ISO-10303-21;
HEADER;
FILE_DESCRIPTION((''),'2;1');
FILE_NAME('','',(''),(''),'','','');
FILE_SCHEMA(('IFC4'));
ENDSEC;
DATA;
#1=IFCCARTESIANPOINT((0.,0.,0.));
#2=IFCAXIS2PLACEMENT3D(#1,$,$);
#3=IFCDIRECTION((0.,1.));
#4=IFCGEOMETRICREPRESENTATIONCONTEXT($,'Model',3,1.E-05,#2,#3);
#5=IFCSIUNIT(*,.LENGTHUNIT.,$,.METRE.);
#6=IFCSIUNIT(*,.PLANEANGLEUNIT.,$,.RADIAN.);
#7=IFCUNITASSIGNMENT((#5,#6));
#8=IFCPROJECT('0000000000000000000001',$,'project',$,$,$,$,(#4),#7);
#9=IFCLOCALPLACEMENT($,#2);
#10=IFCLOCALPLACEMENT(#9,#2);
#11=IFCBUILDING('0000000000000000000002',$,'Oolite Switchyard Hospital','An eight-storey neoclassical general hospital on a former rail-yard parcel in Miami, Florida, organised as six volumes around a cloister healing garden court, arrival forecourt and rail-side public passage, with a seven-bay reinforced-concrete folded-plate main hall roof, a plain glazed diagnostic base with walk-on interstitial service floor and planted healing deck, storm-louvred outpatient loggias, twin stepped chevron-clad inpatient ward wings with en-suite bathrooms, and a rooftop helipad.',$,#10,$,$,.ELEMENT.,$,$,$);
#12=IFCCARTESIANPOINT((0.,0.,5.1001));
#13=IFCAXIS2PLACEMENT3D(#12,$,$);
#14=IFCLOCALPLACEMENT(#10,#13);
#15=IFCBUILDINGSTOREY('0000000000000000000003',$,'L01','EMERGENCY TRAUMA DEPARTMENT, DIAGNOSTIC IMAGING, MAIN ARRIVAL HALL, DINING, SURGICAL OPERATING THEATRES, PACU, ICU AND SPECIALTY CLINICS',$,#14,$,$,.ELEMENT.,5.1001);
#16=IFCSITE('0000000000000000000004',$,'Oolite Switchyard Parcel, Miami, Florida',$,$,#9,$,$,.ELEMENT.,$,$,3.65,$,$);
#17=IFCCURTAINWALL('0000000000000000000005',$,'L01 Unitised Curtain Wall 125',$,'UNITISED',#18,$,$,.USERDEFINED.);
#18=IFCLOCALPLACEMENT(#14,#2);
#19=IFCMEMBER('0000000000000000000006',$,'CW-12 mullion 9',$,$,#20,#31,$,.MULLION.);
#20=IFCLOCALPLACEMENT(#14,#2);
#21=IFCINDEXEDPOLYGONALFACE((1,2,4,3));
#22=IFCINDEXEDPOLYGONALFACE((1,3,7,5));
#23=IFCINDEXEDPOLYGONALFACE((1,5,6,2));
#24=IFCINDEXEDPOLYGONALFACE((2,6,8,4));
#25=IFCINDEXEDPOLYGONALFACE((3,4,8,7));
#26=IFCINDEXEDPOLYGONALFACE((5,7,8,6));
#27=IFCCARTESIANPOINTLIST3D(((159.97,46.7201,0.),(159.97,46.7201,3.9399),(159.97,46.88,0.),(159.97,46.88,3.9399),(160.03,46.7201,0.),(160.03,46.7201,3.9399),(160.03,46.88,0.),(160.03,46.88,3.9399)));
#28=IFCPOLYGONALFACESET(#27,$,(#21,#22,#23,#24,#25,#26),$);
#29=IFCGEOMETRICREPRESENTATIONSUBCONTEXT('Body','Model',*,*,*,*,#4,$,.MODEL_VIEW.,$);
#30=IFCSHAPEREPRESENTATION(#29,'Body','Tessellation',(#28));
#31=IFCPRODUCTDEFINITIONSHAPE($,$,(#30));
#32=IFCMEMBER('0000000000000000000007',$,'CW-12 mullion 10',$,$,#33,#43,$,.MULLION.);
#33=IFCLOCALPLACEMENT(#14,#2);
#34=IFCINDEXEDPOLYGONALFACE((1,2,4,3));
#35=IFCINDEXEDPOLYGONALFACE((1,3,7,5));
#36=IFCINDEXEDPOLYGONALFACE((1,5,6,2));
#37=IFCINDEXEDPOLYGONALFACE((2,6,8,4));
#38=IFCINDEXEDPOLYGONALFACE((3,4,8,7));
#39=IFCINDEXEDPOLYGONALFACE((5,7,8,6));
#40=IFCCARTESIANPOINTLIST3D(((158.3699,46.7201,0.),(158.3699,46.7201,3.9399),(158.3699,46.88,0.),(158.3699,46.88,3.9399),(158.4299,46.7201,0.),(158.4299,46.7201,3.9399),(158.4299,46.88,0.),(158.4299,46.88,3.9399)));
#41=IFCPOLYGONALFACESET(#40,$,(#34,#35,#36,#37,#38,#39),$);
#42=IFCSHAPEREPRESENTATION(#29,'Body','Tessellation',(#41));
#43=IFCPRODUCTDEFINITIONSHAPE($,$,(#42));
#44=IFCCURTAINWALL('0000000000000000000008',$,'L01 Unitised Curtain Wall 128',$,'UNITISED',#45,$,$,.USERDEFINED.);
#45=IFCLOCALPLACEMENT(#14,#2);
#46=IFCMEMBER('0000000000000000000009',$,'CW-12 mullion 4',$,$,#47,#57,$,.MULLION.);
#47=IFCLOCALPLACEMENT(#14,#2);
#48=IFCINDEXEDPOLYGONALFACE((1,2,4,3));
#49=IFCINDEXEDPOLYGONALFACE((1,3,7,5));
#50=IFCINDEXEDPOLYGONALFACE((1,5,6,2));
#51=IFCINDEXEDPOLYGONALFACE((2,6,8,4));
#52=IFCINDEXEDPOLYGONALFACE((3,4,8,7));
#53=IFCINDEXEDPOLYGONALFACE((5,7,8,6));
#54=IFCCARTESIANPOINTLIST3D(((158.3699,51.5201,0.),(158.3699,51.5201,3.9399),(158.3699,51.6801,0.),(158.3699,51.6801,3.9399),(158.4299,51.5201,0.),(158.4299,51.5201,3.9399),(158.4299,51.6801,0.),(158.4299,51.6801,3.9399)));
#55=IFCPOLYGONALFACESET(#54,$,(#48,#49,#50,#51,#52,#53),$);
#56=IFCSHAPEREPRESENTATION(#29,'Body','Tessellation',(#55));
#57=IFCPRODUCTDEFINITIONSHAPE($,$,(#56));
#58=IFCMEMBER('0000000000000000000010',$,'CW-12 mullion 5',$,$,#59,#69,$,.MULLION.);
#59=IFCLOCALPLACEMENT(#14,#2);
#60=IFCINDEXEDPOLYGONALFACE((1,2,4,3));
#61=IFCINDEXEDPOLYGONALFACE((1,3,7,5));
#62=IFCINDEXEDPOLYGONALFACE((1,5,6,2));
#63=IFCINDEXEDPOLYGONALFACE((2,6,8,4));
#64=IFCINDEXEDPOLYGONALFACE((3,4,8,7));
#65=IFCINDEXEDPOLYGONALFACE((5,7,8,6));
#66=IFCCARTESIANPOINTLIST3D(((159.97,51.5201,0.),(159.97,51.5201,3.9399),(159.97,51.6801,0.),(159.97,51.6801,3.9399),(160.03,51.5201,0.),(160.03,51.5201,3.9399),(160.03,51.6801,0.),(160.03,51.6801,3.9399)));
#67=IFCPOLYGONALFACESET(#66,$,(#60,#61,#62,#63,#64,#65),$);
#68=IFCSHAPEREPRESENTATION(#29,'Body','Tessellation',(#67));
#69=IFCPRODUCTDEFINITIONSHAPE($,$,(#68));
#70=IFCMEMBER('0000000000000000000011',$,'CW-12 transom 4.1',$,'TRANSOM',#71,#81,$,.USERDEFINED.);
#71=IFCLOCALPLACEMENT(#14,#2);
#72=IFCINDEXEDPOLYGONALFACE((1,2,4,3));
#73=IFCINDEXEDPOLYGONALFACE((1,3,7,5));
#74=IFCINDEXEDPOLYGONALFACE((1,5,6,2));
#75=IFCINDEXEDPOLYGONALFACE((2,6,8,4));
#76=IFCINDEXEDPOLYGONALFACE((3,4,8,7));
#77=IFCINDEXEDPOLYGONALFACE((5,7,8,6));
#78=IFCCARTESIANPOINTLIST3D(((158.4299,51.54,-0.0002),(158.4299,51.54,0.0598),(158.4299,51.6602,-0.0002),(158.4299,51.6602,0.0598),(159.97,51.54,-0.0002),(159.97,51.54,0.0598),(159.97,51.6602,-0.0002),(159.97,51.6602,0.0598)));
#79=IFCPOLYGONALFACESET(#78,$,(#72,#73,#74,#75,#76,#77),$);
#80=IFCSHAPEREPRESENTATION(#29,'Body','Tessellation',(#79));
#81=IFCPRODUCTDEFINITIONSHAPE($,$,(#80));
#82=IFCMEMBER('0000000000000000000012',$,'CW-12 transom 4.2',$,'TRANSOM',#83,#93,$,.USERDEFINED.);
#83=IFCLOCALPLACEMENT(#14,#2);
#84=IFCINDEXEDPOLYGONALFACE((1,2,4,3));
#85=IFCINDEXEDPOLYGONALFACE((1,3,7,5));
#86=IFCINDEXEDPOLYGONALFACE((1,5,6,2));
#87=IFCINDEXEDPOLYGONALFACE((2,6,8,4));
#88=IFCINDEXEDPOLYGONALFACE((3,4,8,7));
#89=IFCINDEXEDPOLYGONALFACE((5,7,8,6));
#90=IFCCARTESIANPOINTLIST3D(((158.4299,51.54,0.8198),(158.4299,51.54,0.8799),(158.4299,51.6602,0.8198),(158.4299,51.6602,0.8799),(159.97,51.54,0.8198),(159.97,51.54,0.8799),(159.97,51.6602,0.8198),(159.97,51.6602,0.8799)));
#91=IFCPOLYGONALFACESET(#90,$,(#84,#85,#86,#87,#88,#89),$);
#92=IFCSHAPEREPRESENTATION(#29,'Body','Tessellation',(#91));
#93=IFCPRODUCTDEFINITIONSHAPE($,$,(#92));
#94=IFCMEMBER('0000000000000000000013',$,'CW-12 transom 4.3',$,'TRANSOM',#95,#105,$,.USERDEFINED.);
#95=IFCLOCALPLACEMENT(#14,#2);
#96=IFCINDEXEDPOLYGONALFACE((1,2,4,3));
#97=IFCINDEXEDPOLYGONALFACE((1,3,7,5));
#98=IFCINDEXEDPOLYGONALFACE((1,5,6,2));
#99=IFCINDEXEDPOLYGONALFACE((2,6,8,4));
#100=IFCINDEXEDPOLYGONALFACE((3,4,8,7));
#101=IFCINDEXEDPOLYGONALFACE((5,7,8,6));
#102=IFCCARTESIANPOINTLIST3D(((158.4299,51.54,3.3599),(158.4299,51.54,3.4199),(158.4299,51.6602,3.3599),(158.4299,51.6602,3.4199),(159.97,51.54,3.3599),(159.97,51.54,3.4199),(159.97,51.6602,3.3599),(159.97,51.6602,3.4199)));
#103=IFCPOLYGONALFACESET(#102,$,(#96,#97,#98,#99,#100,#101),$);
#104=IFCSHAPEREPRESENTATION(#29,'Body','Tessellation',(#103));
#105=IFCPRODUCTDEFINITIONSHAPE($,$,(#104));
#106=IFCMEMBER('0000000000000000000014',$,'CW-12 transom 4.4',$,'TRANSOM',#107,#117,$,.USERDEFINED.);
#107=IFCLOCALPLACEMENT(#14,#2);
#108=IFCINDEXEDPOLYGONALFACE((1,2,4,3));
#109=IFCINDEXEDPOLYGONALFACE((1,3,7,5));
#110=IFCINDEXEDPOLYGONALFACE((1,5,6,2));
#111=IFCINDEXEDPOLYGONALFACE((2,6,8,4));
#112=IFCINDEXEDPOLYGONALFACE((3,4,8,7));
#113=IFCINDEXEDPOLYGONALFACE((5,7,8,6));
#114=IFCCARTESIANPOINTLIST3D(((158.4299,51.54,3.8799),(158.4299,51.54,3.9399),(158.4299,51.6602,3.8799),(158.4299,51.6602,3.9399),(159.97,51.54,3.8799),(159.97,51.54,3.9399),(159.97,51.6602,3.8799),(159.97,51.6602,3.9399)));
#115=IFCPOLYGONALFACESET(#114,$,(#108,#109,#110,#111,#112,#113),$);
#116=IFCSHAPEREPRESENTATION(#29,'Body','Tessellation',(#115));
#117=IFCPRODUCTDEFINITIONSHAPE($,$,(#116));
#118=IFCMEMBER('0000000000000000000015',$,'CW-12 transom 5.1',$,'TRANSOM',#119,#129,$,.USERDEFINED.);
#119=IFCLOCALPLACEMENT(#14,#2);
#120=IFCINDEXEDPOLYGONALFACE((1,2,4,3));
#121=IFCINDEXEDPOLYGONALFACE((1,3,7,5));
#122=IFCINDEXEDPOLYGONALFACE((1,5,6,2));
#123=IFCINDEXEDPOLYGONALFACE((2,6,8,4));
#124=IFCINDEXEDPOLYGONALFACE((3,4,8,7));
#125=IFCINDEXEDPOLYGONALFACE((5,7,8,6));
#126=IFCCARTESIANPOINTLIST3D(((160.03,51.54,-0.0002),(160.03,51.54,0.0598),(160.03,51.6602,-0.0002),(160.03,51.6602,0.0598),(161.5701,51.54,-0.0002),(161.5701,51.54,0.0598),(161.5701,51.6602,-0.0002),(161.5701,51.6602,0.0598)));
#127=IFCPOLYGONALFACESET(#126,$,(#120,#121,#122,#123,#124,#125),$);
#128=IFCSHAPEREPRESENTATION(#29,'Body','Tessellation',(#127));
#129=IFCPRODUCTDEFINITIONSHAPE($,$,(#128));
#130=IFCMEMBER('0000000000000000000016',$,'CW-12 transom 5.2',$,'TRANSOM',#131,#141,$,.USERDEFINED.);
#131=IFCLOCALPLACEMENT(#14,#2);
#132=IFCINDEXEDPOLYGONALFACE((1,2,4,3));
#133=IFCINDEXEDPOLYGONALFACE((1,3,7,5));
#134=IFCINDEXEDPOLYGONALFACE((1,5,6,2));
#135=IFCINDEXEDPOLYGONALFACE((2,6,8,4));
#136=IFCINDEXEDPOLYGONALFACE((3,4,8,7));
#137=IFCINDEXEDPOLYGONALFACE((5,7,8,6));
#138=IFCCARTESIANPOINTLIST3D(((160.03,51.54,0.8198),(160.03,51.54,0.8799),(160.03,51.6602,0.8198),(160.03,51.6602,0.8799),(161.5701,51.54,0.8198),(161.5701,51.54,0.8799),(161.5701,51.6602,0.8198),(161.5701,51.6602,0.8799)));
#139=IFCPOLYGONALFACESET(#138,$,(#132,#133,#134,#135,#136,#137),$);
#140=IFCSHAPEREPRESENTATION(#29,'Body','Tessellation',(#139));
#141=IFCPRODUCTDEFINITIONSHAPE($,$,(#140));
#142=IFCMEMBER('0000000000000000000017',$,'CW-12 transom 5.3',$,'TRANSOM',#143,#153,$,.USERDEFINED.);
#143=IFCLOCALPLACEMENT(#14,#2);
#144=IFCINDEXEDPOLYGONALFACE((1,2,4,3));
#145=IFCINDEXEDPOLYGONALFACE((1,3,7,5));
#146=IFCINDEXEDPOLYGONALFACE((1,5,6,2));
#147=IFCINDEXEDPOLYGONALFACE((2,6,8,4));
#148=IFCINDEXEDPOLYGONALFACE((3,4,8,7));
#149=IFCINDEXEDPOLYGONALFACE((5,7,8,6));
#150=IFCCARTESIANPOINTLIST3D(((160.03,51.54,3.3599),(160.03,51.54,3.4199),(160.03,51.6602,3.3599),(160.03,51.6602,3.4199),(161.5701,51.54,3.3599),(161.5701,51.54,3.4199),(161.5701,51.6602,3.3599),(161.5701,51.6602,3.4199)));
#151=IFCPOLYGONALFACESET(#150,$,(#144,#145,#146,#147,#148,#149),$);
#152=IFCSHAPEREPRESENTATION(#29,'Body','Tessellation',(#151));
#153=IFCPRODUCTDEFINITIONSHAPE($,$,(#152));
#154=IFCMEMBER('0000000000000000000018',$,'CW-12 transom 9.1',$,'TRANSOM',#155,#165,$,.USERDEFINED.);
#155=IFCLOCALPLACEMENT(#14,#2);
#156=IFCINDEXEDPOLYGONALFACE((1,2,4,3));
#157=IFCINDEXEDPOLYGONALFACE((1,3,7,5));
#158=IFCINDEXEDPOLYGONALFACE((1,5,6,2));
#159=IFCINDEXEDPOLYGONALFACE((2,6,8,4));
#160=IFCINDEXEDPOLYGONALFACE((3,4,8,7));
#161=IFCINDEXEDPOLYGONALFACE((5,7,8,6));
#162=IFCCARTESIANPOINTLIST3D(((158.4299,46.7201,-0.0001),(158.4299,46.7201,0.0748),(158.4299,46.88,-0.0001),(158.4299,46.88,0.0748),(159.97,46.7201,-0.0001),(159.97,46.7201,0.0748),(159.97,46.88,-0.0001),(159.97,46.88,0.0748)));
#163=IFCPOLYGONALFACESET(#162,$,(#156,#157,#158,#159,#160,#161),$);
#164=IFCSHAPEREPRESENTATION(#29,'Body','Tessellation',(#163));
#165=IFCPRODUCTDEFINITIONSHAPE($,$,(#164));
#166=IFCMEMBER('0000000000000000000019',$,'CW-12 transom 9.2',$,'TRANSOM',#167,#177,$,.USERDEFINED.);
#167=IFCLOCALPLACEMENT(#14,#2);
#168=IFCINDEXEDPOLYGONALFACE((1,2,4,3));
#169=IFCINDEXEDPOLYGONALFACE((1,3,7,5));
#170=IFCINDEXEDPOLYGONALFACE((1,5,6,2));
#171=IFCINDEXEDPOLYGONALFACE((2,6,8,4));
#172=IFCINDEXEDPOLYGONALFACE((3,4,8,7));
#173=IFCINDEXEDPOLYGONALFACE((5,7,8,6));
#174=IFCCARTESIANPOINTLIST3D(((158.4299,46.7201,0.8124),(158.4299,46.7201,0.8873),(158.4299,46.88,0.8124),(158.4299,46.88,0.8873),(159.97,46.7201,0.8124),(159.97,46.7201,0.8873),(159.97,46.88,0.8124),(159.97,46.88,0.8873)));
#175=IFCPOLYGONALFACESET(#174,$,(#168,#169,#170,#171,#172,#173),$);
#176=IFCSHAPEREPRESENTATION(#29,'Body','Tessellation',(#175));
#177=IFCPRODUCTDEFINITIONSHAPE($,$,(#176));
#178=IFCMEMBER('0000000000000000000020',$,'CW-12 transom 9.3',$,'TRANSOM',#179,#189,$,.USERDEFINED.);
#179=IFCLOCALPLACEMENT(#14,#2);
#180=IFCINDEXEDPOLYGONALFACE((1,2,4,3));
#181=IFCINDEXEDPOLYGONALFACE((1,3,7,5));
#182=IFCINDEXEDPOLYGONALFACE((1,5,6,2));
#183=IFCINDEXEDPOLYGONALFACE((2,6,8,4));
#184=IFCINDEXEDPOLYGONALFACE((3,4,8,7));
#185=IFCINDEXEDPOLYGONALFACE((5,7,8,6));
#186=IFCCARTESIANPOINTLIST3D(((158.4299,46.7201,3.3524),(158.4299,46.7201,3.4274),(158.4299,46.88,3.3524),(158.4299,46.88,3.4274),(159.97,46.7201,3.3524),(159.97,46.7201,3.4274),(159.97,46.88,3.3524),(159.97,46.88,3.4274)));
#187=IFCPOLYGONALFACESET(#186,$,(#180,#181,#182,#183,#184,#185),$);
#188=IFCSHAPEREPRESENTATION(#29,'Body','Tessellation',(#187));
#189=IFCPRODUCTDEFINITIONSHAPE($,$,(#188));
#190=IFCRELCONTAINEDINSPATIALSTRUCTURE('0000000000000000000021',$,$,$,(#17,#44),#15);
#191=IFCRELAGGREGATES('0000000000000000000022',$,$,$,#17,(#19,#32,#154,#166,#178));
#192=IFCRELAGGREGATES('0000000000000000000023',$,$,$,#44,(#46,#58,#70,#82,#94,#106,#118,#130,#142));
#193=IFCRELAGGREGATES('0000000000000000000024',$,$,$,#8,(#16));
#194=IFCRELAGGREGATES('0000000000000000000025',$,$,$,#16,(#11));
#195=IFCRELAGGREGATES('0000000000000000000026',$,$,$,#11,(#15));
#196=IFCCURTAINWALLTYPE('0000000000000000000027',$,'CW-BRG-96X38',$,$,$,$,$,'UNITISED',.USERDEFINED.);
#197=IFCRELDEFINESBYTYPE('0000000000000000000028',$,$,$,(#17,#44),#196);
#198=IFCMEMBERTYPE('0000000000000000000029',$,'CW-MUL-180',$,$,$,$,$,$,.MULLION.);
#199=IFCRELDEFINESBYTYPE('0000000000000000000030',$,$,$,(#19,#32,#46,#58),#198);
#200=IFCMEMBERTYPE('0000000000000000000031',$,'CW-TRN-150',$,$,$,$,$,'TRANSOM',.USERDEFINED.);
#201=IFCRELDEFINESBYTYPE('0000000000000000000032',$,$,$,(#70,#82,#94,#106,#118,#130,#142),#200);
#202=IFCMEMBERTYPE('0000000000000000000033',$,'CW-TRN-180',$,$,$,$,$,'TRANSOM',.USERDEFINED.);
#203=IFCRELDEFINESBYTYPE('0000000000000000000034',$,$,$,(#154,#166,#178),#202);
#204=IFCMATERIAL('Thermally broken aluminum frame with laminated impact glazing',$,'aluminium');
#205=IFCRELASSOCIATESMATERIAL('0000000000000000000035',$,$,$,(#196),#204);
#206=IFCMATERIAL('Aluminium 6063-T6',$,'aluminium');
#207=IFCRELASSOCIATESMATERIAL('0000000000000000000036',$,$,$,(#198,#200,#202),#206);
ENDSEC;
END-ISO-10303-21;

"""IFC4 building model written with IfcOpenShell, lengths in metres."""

from ifc_helpers import new_model, si_unit, direction, frame, origin, origin_2d, place, context, subcontext, project, spatial, rectangle, extrude, material, material_profile, profile_set, type_object, element, aggregate, save


model = new_model("IFC4")

# Units and contexts
model_context = context("Model", 3, precision=1e-05, world=origin(), true_north=direction((0.0, 1.0)))
body_context = subcontext(model_context, "Body", "Model", "MODEL_VIEW")
ifc_project = project(units=[si_unit("LENGTHUNIT", "METRE"), si_unit("PLANEANGLEUNIT", "RADIAN")], contexts=[model_context])

# Site, building, storey
site_placement = place(None, origin())
site = spatial("IfcSite", under=ifc_project, at=site_placement, Name="Oolite Switchyard Parcel, Miami, Florida", CompositionType="ELEMENT", RefElevation=3.65)
building_placement = place(site_placement, origin())
building = spatial("IfcBuilding", under=site, at=building_placement, Name="Oolite Switchyard Hospital", Description="An eight-storey neoclassical general hospital on a former rail-yard parcel in Miami, Florida, organised as six volumes around a cloister healing garden court, arrival forecourt and rail-side public passage, with a seven-bay reinforced-concrete folded-plate main hall roof, a plain glazed diagnostic base with walk-on interstitial service floor and planted healing deck, storm-louvred outpatient loggias, twin stepped chevron-clad inpatient ward wings with en-suite bathrooms, and a rooftop helipad.", CompositionType="ELEMENT")
storey_placement = place(building_placement, frame((0.0, 0.0, 5.1001)))
storey = spatial("IfcBuildingStorey", under=building, at=storey_placement, Name="L01", Description="EMERGENCY TRAUMA DEPARTMENT, DIAGNOSTIC IMAGING, MAIN ARRIVAL HALL, DINING, SURGICAL OPERATING THEATRES, PACU, ICU AND SPECIALTY CLINICS", CompositionType="ELEMENT", Elevation=5.1001)

# Curtain walls, members
ifc_material_1 = material(Name="Thermally broken aluminum frame with laminated impact glazing", Category="aluminium")
curtain_wall_type = type_object("IfcCurtainWallType", Name="CW-BRG-96X38", ElementType="UNITISED", PredefinedType="USERDEFINED", material=ifc_material_1)
curtain_wall_1_placement = place(storey_placement, origin())
curtain_wall_1 = element("IfcCurtainWall", 1, at=curtain_wall_1_placement, inside=storey, type_object=curtain_wall_type, Name="L01 Unitised Curtain Wall 125", ObjectType="UNITISED", PredefinedType="USERDEFINED")
ifc_material_2 = material(Name="Aluminium 6063-T6", Category="aluminium")
ifc_material_profile_1 = material_profile(ifc_material_2, rectangle(XDim=0.1599, YDim=0.0601, at=origin_2d()), Name="CWM60X160")
ifc_profile_set_1 = profile_set([ifc_material_profile_1], Name="Aluminium 6063-T6")
member_type_1 = type_object("IfcMemberType", Name="CW-MUL-180", PredefinedType="MULLION", material=ifc_profile_set_1)
member_1_placement = place(storey_placement, frame((160.0, 46.8, 0.0), z_axis=(0.0, 0.0, 1.0), x_axis=(0.0, -1.0, 0.0)))
member_1 = element("IfcMember", 2, at=member_1_placement, type_object=member_type_1, Name="CW-12 mullion 9", PredefinedType="MULLION", context=body_context, shape_type="SweptSolid", body=[
    extrude(rectangle(XDim=0.1599, YDim=0.0601, at=origin_2d()), origin(), (0.0, 0.0, 1.0), 3.9399),
])
member_2_placement = place(storey_placement, frame((158.3999, 46.8, 0.0), z_axis=(0.0, 0.0, 1.0), x_axis=(0.0, -1.0, 0.0)))
member_2 = element("IfcMember", 3, at=member_2_placement, type_object=member_type_1, Name="CW-12 mullion 10", PredefinedType="MULLION", context=body_context, shape_type="SweptSolid", body=[
    extrude(rectangle(XDim=0.1599, YDim=0.0601, at=origin_2d()), origin(), (0.0, 0.0, 1.0), 3.9399),
])
curtain_wall_2_placement = place(storey_placement, origin())
curtain_wall_2 = element("IfcCurtainWall", 4, at=curtain_wall_2_placement, inside=storey, type_object=curtain_wall_type, Name="L01 Unitised Curtain Wall 128", ObjectType="UNITISED", PredefinedType="USERDEFINED")
member_3_placement = place(storey_placement, frame((158.3999, 51.6001, 0.0), z_axis=(0.0, 0.0, 1.0), x_axis=(0.0, 1.0, 0.0)))
member_3 = element("IfcMember", 5, at=member_3_placement, type_object=member_type_1, Name="CW-12 mullion 4", PredefinedType="MULLION", context=body_context, shape_type="SweptSolid", body=[
    extrude(rectangle(XDim=0.1599, YDim=0.0601, at=origin_2d()), origin(), (0.0, 0.0, 1.0), 3.9399),
])
member_4_placement = place(storey_placement, frame((160.0, 51.6001, 0.0), z_axis=(0.0, 0.0, 1.0), x_axis=(0.0, 1.0, 0.0)))
member_4 = element("IfcMember", 6, at=member_4_placement, type_object=member_type_1, Name="CW-12 mullion 5", PredefinedType="MULLION", context=body_context, shape_type="SweptSolid", body=[
    extrude(rectangle(XDim=0.1599, YDim=0.0601, at=origin_2d()), origin(), (0.0, 0.0, 1.0), 3.9399),
])
ifc_material_profile_2 = material_profile(ifc_material_2, rectangle(XDim=0.1201, YDim=0.0601, at=origin_2d()), Name="CWT60X120")
ifc_profile_set_2 = profile_set([ifc_material_profile_2], Name="Aluminium 6063-T6")
member_type_2 = type_object("IfcMemberType", Name="CW-TRN-150", ElementType="TRANSOM", PredefinedType="USERDEFINED", material=ifc_profile_set_2)
member_5_placement = place(storey_placement, frame((158.4299, 51.6001, 0.0298), z_axis=(1.0, 0.0, 0.0), x_axis=(0.0, 1.0, 0.0)))
member_5 = element("IfcMember", 7, at=member_5_placement, type_object=member_type_2, Name="CW-12 transom 4.1", ObjectType="TRANSOM", PredefinedType="USERDEFINED", context=body_context, shape_type="SweptSolid", body=[
    extrude(rectangle(XDim=0.1201, YDim=0.0601, at=origin_2d()), origin(), (0.0, 0.0, 1.0), 1.54),
])
member_6_placement = place(storey_placement, frame((158.4299, 51.6001, 0.8499), z_axis=(1.0, 0.0, 0.0), x_axis=(0.0, 1.0, 0.0)))
member_6 = element("IfcMember", 8, at=member_6_placement, type_object=member_type_2, Name="CW-12 transom 4.2", ObjectType="TRANSOM", PredefinedType="USERDEFINED", context=body_context, shape_type="SweptSolid", body=[
    extrude(rectangle(XDim=0.1201, YDim=0.0601, at=origin_2d()), origin(), (0.0, 0.0, 1.0), 1.54),
])
member_7_placement = place(storey_placement, frame((158.4299, 51.6001, 3.3899), z_axis=(1.0, 0.0, 0.0), x_axis=(0.0, 1.0, 0.0)))
member_7 = element("IfcMember", 9, at=member_7_placement, type_object=member_type_2, Name="CW-12 transom 4.3", ObjectType="TRANSOM", PredefinedType="USERDEFINED", context=body_context, shape_type="SweptSolid", body=[
    extrude(rectangle(XDim=0.1201, YDim=0.0601, at=origin_2d()), origin(), (0.0, 0.0, 1.0), 1.54),
])
member_8_placement = place(storey_placement, frame((158.4299, 51.6001, 3.9099), z_axis=(1.0, 0.0, 0.0), x_axis=(0.0, 1.0, 0.0)))
member_8 = element("IfcMember", 10, at=member_8_placement, type_object=member_type_2, Name="CW-12 transom 4.4", ObjectType="TRANSOM", PredefinedType="USERDEFINED", context=body_context, shape_type="SweptSolid", body=[
    extrude(rectangle(XDim=0.1201, YDim=0.0601, at=origin_2d()), origin(), (0.0, 0.0, 1.0), 1.54),
])
member_9_placement = place(storey_placement, frame((160.03, 51.6001, 0.0298), z_axis=(1.0, 0.0, 0.0), x_axis=(0.0, 1.0, 0.0)))
member_9 = element("IfcMember", 11, at=member_9_placement, type_object=member_type_2, Name="CW-12 transom 5.1", ObjectType="TRANSOM", PredefinedType="USERDEFINED", context=body_context, shape_type="SweptSolid", body=[
    extrude(rectangle(XDim=0.1201, YDim=0.0601, at=origin_2d()), origin(), (0.0, 0.0, 1.0), 1.54),
])
member_10_placement = place(storey_placement, frame((160.03, 51.6001, 0.8499), z_axis=(1.0, 0.0, 0.0), x_axis=(0.0, 1.0, 0.0)))
member_10 = element("IfcMember", 12, at=member_10_placement, type_object=member_type_2, Name="CW-12 transom 5.2", ObjectType="TRANSOM", PredefinedType="USERDEFINED", context=body_context, shape_type="SweptSolid", body=[
    extrude(rectangle(XDim=0.1201, YDim=0.0601, at=origin_2d()), origin(), (0.0, 0.0, 1.0), 1.54),
])
member_11_placement = place(storey_placement, frame((160.03, 51.6001, 3.3899), z_axis=(1.0, 0.0, 0.0), x_axis=(0.0, 1.0, 0.0)))
member_11 = element("IfcMember", 13, at=member_11_placement, type_object=member_type_2, Name="CW-12 transom 5.3", ObjectType="TRANSOM", PredefinedType="USERDEFINED", context=body_context, shape_type="SweptSolid", body=[
    extrude(rectangle(XDim=0.1201, YDim=0.0601, at=origin_2d()), origin(), (0.0, 0.0, 1.0), 1.54),
])

# Members
ifc_material_profile_3 = material_profile(ifc_material_2, rectangle(XDim=0.1599, YDim=0.075, at=origin_2d()), Name="CWT75X160")
ifc_profile_set_3 = profile_set([ifc_material_profile_3], Name="Aluminium 6063-T6")
member_type_3 = type_object("IfcMemberType", Name="CW-TRN-180", ElementType="TRANSOM", PredefinedType="USERDEFINED", material=ifc_profile_set_3)
member_12_placement = place(storey_placement, frame((159.97, 46.8, 0.0374), z_axis=(-1.0, 0.0, 0.0), x_axis=(0.0, -1.0, 0.0)))
member_12 = element("IfcMember", 14, at=member_12_placement, type_object=member_type_3, Name="CW-12 transom 9.1", ObjectType="TRANSOM", PredefinedType="USERDEFINED", context=body_context, shape_type="SweptSolid", body=[
    extrude(rectangle(XDim=0.1599, YDim=0.075, at=origin_2d()), origin(), (0.0, 0.0, 1.0), 1.54),
])
member_13_placement = place(storey_placement, frame((159.97, 46.8, 0.8499), z_axis=(-1.0, 0.0, 0.0), x_axis=(0.0, -1.0, 0.0)))
member_13 = element("IfcMember", 15, at=member_13_placement, type_object=member_type_3, Name="CW-12 transom 9.2", ObjectType="TRANSOM", PredefinedType="USERDEFINED", context=body_context, shape_type="SweptSolid", body=[
    extrude(rectangle(XDim=0.1599, YDim=0.075, at=origin_2d()), origin(), (0.0, 0.0, 1.0), 1.54),
])
member_14_placement = place(storey_placement, frame((159.97, 46.8, 3.3899), z_axis=(-1.0, 0.0, 0.0), x_axis=(0.0, -1.0, 0.0)))
member_14 = element("IfcMember", 16, at=member_14_placement, type_object=member_type_3, Name="CW-12 transom 9.3", ObjectType="TRANSOM", PredefinedType="USERDEFINED", context=body_context, shape_type="SweptSolid", body=[
    extrude(rectangle(XDim=0.1599, YDim=0.075, at=origin_2d()), origin(), (0.0, 0.0, 1.0), 1.54),
])

aggregate(curtain_wall_1, [member_1, member_2, member_12, member_13, member_14])
aggregate(curtain_wall_2, [member_3, member_4, member_5, member_6, member_7, member_8, member_9, member_10, member_11])

save(model, "model.ifc")
